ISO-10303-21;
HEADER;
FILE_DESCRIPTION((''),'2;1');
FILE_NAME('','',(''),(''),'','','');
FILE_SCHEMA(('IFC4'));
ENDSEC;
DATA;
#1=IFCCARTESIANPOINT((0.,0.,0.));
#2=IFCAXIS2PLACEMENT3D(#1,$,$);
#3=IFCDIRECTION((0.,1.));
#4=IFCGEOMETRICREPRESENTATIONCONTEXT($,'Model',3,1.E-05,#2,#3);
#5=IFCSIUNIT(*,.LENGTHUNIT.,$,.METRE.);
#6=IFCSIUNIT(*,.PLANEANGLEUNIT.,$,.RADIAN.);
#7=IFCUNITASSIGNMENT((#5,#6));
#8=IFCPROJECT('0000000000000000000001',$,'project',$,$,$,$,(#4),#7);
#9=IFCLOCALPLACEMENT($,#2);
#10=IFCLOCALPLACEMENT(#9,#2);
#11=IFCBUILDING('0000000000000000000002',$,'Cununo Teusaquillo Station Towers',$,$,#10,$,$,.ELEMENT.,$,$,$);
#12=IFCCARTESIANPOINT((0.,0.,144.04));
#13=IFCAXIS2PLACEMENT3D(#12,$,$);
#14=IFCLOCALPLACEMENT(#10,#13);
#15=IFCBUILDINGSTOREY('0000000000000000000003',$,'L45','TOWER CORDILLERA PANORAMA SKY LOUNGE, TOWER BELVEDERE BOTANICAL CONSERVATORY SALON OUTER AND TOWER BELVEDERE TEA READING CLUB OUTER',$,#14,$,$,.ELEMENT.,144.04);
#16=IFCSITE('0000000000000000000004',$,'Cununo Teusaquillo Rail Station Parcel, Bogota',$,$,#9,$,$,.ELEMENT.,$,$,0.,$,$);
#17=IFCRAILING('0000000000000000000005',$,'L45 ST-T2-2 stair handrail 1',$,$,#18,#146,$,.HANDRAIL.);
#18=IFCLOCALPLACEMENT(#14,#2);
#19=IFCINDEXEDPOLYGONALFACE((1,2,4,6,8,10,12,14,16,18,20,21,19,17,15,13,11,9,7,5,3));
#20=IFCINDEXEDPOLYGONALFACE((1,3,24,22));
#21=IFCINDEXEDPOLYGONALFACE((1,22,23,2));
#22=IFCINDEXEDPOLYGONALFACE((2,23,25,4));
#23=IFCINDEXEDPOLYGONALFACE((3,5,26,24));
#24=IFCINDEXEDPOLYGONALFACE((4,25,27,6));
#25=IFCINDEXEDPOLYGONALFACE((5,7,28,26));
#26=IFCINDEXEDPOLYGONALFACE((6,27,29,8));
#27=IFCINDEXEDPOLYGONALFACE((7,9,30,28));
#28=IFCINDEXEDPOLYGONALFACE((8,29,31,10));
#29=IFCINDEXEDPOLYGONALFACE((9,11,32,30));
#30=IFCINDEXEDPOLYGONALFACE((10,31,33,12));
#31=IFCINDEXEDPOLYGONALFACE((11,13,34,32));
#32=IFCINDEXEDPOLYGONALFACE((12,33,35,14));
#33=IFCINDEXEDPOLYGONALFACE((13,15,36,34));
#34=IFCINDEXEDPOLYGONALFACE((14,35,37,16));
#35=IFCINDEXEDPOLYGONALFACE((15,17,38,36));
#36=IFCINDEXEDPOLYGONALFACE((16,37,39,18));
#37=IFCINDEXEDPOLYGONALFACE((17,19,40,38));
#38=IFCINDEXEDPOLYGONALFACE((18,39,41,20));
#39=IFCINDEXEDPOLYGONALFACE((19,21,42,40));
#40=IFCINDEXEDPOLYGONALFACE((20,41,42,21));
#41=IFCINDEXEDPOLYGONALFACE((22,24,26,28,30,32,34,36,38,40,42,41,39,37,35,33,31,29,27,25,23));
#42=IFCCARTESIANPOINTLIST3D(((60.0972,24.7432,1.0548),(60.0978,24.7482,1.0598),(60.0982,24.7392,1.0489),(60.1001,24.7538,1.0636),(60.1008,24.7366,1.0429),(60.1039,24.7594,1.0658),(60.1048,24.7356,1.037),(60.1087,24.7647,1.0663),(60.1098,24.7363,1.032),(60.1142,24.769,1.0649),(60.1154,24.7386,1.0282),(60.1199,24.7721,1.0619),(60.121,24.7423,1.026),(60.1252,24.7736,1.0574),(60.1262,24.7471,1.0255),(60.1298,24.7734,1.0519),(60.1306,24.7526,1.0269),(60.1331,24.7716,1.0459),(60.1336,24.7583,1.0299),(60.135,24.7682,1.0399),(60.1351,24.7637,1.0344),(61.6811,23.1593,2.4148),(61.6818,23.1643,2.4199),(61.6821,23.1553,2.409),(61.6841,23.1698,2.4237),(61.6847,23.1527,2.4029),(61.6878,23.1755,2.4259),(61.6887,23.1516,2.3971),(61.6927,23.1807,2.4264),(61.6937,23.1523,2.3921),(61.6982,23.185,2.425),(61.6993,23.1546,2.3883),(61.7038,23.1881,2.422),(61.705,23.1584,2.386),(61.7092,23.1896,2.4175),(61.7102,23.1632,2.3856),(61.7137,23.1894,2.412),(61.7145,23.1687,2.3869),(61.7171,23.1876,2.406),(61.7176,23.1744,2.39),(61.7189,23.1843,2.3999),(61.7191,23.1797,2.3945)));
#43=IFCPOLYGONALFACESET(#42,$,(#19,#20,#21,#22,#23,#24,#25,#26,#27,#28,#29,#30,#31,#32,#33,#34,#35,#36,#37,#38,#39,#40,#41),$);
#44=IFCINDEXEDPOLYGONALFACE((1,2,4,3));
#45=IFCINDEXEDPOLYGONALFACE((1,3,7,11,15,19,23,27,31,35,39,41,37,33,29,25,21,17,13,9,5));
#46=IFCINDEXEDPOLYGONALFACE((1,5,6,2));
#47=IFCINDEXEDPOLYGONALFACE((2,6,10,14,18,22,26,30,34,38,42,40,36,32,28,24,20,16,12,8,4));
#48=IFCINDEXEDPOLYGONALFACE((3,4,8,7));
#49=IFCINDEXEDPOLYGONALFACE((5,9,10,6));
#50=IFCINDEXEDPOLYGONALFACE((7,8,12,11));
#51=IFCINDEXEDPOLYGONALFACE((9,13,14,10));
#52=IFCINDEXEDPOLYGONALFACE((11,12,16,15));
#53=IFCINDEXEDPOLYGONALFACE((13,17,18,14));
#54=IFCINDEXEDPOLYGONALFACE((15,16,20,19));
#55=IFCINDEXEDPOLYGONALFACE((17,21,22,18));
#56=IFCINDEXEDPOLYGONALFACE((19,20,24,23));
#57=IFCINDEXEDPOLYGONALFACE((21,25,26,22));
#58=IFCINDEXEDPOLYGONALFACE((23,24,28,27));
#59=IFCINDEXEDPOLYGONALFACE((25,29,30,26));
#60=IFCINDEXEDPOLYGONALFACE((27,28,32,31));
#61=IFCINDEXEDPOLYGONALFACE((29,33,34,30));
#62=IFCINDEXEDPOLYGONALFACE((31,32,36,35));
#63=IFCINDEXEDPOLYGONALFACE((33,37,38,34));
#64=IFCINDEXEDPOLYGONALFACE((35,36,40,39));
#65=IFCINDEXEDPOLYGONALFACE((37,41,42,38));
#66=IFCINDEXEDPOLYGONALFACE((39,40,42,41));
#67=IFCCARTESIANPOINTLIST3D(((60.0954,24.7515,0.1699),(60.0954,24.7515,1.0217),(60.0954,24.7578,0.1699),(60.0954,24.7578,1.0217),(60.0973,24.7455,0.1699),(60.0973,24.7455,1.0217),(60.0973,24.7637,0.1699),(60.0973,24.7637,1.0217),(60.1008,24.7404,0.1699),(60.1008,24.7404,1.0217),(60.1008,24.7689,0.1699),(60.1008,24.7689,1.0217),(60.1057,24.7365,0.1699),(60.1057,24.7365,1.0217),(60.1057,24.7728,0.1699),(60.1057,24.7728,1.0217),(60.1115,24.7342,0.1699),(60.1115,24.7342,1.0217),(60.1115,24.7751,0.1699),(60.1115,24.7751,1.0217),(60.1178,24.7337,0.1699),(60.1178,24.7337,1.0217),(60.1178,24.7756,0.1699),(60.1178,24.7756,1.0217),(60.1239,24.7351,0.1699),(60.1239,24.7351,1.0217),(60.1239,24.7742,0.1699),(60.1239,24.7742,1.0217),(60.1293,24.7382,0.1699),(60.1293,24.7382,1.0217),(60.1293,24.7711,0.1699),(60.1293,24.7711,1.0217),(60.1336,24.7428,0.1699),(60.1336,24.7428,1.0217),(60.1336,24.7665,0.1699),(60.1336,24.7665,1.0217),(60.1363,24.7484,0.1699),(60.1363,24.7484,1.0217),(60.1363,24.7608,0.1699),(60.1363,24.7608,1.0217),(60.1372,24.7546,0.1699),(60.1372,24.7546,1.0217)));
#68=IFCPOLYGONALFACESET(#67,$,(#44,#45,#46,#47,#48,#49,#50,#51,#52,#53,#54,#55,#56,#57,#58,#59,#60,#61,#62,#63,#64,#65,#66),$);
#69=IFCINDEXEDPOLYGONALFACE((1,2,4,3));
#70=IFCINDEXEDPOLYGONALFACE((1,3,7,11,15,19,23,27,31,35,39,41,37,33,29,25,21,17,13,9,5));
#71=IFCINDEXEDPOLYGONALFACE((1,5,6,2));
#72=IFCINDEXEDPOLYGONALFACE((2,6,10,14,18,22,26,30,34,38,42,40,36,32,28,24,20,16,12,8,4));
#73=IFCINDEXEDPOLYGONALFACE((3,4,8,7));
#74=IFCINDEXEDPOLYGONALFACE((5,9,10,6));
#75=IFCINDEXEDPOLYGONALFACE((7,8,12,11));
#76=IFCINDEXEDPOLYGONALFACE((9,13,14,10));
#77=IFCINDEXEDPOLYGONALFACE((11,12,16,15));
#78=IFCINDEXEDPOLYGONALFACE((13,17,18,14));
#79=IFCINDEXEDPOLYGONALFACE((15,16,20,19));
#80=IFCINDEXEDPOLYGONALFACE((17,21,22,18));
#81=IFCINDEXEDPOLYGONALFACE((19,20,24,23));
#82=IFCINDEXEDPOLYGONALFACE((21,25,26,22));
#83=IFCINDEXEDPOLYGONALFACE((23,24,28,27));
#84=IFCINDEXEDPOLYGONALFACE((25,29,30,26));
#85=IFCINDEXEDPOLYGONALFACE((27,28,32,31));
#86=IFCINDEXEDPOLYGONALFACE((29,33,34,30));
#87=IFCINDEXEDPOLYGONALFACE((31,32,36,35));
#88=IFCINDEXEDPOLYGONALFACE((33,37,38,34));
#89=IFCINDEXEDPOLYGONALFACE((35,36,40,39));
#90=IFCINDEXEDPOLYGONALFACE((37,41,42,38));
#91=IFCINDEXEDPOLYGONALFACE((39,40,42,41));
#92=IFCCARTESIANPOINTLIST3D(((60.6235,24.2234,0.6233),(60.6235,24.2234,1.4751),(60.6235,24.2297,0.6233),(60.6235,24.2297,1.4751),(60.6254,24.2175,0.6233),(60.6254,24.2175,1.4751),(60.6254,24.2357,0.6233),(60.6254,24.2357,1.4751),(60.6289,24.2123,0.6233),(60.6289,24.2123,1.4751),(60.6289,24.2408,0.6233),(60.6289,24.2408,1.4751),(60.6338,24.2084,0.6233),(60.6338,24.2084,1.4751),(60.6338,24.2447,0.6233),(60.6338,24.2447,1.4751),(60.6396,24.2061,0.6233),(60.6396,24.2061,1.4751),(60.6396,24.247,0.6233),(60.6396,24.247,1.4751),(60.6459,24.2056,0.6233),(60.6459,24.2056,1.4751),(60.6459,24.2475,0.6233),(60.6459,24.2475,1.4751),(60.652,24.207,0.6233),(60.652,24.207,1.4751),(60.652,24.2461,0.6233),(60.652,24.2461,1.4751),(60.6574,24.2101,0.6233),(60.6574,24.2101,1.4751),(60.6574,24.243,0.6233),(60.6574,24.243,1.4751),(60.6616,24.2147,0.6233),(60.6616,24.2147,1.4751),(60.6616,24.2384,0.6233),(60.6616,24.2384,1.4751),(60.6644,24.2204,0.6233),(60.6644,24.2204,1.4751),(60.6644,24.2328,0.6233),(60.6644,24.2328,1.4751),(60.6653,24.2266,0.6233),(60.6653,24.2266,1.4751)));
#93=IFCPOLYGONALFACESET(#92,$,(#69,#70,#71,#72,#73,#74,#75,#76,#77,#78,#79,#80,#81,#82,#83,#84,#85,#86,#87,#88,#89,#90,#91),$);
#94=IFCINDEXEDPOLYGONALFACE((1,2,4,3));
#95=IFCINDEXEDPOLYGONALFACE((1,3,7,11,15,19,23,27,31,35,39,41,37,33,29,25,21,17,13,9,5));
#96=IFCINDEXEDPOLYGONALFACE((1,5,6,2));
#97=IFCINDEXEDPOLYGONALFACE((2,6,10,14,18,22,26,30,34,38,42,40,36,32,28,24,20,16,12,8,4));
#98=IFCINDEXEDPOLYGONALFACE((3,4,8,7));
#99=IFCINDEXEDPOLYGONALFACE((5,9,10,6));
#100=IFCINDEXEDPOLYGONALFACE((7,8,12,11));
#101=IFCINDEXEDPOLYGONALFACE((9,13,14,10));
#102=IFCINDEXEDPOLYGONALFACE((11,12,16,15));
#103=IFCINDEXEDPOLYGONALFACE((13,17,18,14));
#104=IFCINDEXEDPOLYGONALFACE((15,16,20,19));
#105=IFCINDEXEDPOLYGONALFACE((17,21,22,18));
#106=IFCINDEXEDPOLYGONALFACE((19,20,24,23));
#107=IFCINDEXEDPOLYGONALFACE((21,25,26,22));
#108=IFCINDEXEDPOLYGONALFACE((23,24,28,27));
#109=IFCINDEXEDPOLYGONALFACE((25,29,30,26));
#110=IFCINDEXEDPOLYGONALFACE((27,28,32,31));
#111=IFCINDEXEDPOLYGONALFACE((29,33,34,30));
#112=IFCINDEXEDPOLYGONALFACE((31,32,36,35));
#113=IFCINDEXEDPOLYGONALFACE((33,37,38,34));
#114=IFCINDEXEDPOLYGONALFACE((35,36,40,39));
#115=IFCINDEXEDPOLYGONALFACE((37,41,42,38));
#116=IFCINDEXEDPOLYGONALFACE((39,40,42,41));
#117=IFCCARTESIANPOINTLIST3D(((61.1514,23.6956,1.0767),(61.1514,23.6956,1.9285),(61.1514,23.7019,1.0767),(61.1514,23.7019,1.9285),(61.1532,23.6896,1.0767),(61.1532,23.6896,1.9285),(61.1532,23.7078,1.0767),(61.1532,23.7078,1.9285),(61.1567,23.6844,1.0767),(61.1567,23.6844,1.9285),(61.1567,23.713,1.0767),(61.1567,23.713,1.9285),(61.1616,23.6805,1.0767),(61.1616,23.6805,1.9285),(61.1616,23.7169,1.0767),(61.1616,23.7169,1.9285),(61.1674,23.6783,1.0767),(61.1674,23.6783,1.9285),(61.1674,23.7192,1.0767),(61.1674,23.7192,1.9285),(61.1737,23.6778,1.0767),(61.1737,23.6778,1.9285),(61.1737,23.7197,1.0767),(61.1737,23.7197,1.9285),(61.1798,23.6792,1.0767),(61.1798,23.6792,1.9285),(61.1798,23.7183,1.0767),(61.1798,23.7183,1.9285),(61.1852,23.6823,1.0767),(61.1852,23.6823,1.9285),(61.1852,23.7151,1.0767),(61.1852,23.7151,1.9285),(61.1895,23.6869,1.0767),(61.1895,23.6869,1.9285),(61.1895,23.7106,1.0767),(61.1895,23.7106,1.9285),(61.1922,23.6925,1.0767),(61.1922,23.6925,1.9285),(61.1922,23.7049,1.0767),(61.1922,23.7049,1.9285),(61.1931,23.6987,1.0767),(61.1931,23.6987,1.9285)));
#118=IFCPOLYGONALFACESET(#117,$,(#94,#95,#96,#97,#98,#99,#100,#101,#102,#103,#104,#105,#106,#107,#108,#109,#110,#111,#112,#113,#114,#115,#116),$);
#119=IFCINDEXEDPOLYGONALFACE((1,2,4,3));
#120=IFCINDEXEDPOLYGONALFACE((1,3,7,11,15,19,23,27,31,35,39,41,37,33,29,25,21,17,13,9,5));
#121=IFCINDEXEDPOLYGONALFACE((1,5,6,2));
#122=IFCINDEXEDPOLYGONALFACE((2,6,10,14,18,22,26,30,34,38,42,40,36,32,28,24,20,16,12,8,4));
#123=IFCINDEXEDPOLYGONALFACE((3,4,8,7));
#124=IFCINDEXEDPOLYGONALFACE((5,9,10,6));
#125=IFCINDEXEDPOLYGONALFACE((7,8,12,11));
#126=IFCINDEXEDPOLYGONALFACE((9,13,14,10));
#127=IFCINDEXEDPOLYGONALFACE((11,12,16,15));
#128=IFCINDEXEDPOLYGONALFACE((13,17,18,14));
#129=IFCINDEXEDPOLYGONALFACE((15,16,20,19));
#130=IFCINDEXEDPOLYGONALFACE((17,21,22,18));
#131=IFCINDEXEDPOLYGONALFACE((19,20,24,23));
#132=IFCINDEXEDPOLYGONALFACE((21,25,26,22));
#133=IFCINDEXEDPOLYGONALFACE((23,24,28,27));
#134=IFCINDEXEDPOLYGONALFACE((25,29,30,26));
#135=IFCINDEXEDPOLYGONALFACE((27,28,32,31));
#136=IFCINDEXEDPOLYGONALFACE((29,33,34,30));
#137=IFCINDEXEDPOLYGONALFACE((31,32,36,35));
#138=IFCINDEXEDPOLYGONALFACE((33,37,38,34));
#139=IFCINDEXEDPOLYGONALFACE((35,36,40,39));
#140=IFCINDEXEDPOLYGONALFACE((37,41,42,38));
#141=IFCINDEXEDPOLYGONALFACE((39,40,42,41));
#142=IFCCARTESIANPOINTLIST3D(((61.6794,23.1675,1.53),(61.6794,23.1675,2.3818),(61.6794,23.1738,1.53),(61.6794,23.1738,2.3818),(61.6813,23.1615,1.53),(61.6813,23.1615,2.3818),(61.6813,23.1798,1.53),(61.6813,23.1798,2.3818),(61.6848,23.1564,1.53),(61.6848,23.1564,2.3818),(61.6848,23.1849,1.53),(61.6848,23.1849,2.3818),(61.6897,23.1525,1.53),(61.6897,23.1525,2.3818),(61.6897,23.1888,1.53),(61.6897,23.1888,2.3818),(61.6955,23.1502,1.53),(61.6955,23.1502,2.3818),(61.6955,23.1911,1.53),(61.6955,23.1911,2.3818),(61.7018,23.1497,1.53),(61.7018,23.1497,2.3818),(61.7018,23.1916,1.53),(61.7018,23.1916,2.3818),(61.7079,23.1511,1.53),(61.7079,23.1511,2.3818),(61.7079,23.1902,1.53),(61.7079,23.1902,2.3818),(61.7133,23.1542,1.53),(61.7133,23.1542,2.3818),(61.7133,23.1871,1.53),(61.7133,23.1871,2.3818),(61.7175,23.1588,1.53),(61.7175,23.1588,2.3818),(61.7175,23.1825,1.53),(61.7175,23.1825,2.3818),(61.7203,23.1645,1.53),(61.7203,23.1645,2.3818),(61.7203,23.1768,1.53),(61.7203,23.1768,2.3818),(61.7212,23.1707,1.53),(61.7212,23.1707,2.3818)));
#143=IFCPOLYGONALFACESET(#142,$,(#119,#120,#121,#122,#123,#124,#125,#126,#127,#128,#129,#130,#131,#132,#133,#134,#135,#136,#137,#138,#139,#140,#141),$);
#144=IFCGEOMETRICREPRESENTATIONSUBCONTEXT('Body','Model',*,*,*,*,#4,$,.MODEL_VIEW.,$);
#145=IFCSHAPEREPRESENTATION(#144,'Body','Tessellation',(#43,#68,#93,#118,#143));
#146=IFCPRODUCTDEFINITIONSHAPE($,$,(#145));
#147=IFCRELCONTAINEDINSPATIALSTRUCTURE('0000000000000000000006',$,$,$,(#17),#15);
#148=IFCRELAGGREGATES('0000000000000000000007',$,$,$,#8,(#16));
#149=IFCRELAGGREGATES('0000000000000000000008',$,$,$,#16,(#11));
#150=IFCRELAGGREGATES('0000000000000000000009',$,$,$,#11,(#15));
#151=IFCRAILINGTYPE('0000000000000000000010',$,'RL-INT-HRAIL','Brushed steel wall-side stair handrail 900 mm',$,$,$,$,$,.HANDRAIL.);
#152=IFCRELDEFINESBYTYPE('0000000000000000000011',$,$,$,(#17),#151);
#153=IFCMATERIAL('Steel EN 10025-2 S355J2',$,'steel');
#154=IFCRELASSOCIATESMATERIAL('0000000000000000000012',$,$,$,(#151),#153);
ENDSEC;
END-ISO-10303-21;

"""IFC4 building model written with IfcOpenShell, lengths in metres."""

from ifc_helpers import new_model, si_unit, direction, frame, origin, origin_2d, place, context, subcontext, project, spatial, circle, extrude, material, type_object, element, save


model = new_model("IFC4")

# Units and contexts
model_context = context("Model", 3, precision=1e-05, world=origin(), true_north=direction((0.0, 1.0)))
body_context = subcontext(model_context, "Body", "Model", "MODEL_VIEW")
ifc_project = project(units=[si_unit("LENGTHUNIT", "METRE"), si_unit("PLANEANGLEUNIT", "RADIAN")], contexts=[model_context])

# Site, building, storey
site_placement = place(None, origin())
site = spatial("IfcSite", under=ifc_project, at=site_placement, Name="Cununo Teusaquillo Rail Station Parcel, Bogota", CompositionType="ELEMENT", RefElevation=0.0)
building_placement = place(site_placement, origin())
building = spatial("IfcBuilding", under=site, at=building_placement, Name="Cununo Teusaquillo Station Towers", CompositionType="ELEMENT")
storey_placement = place(building_placement, frame((0.0, 0.0, 144.04)))
storey = spatial("IfcBuildingStorey", under=building, at=storey_placement, Name="L45", Description="TOWER CORDILLERA PANORAMA SKY LOUNGE, TOWER BELVEDERE BOTANICAL CONSERVATORY SALON OUTER AND TOWER BELVEDERE TEA READING CLUB OUTER", CompositionType="ELEMENT", Elevation=144.04)

# Railing
ifc_material_1 = material(Name="Steel EN 10025-2 S355J2", Category="steel")
railing_type_1 = type_object("IfcRailingType", Name="RL-INT-HRAIL", Description="Brushed steel wall-side stair handrail 900 mm", PredefinedType="HANDRAIL", material=ifc_material_1)
railing_1_placement = place(storey_placement, frame((60.1162, 24.7546, 0.1699)))
element("IfcRailing", 1, at=railing_1_placement, inside=storey, type_object=railing_type_1, Name="L45 ST-T2-2 stair handrail 1", PredefinedType="HANDRAIL", context=body_context, shape_type="SweptSolid", body=[
    extrude(circle(Radius=0.0239, at=origin_2d()), frame((0.0, 0.0, 0.876), z_axis=(0.60442, -0.60442, 0.518992), x_axis=(0.707107, 0.707107, 0.0)), (0.0, 0.0, 1.0), 2.6206),
    extrude(circle(Radius=0.021, at=origin_2d()), origin(), (0.0, 0.0, 1.0), 0.8518),
    extrude(circle(Radius=0.021, at=origin_2d()), frame((0.5281, -0.5281, 0.4534)), (0.0, 0.0, 1.0), 0.8518),
    extrude(circle(Radius=0.021, at=origin_2d()), frame((1.0559, -1.0559, 0.9067)), (0.0, 0.0, 1.0), 0.8518),
    extrude(circle(Radius=0.021, at=origin_2d()), frame((1.584, -1.584, 1.3601)), (0.0, 0.0, 1.0), 0.8518),
])

save(model, "model.ifc")
